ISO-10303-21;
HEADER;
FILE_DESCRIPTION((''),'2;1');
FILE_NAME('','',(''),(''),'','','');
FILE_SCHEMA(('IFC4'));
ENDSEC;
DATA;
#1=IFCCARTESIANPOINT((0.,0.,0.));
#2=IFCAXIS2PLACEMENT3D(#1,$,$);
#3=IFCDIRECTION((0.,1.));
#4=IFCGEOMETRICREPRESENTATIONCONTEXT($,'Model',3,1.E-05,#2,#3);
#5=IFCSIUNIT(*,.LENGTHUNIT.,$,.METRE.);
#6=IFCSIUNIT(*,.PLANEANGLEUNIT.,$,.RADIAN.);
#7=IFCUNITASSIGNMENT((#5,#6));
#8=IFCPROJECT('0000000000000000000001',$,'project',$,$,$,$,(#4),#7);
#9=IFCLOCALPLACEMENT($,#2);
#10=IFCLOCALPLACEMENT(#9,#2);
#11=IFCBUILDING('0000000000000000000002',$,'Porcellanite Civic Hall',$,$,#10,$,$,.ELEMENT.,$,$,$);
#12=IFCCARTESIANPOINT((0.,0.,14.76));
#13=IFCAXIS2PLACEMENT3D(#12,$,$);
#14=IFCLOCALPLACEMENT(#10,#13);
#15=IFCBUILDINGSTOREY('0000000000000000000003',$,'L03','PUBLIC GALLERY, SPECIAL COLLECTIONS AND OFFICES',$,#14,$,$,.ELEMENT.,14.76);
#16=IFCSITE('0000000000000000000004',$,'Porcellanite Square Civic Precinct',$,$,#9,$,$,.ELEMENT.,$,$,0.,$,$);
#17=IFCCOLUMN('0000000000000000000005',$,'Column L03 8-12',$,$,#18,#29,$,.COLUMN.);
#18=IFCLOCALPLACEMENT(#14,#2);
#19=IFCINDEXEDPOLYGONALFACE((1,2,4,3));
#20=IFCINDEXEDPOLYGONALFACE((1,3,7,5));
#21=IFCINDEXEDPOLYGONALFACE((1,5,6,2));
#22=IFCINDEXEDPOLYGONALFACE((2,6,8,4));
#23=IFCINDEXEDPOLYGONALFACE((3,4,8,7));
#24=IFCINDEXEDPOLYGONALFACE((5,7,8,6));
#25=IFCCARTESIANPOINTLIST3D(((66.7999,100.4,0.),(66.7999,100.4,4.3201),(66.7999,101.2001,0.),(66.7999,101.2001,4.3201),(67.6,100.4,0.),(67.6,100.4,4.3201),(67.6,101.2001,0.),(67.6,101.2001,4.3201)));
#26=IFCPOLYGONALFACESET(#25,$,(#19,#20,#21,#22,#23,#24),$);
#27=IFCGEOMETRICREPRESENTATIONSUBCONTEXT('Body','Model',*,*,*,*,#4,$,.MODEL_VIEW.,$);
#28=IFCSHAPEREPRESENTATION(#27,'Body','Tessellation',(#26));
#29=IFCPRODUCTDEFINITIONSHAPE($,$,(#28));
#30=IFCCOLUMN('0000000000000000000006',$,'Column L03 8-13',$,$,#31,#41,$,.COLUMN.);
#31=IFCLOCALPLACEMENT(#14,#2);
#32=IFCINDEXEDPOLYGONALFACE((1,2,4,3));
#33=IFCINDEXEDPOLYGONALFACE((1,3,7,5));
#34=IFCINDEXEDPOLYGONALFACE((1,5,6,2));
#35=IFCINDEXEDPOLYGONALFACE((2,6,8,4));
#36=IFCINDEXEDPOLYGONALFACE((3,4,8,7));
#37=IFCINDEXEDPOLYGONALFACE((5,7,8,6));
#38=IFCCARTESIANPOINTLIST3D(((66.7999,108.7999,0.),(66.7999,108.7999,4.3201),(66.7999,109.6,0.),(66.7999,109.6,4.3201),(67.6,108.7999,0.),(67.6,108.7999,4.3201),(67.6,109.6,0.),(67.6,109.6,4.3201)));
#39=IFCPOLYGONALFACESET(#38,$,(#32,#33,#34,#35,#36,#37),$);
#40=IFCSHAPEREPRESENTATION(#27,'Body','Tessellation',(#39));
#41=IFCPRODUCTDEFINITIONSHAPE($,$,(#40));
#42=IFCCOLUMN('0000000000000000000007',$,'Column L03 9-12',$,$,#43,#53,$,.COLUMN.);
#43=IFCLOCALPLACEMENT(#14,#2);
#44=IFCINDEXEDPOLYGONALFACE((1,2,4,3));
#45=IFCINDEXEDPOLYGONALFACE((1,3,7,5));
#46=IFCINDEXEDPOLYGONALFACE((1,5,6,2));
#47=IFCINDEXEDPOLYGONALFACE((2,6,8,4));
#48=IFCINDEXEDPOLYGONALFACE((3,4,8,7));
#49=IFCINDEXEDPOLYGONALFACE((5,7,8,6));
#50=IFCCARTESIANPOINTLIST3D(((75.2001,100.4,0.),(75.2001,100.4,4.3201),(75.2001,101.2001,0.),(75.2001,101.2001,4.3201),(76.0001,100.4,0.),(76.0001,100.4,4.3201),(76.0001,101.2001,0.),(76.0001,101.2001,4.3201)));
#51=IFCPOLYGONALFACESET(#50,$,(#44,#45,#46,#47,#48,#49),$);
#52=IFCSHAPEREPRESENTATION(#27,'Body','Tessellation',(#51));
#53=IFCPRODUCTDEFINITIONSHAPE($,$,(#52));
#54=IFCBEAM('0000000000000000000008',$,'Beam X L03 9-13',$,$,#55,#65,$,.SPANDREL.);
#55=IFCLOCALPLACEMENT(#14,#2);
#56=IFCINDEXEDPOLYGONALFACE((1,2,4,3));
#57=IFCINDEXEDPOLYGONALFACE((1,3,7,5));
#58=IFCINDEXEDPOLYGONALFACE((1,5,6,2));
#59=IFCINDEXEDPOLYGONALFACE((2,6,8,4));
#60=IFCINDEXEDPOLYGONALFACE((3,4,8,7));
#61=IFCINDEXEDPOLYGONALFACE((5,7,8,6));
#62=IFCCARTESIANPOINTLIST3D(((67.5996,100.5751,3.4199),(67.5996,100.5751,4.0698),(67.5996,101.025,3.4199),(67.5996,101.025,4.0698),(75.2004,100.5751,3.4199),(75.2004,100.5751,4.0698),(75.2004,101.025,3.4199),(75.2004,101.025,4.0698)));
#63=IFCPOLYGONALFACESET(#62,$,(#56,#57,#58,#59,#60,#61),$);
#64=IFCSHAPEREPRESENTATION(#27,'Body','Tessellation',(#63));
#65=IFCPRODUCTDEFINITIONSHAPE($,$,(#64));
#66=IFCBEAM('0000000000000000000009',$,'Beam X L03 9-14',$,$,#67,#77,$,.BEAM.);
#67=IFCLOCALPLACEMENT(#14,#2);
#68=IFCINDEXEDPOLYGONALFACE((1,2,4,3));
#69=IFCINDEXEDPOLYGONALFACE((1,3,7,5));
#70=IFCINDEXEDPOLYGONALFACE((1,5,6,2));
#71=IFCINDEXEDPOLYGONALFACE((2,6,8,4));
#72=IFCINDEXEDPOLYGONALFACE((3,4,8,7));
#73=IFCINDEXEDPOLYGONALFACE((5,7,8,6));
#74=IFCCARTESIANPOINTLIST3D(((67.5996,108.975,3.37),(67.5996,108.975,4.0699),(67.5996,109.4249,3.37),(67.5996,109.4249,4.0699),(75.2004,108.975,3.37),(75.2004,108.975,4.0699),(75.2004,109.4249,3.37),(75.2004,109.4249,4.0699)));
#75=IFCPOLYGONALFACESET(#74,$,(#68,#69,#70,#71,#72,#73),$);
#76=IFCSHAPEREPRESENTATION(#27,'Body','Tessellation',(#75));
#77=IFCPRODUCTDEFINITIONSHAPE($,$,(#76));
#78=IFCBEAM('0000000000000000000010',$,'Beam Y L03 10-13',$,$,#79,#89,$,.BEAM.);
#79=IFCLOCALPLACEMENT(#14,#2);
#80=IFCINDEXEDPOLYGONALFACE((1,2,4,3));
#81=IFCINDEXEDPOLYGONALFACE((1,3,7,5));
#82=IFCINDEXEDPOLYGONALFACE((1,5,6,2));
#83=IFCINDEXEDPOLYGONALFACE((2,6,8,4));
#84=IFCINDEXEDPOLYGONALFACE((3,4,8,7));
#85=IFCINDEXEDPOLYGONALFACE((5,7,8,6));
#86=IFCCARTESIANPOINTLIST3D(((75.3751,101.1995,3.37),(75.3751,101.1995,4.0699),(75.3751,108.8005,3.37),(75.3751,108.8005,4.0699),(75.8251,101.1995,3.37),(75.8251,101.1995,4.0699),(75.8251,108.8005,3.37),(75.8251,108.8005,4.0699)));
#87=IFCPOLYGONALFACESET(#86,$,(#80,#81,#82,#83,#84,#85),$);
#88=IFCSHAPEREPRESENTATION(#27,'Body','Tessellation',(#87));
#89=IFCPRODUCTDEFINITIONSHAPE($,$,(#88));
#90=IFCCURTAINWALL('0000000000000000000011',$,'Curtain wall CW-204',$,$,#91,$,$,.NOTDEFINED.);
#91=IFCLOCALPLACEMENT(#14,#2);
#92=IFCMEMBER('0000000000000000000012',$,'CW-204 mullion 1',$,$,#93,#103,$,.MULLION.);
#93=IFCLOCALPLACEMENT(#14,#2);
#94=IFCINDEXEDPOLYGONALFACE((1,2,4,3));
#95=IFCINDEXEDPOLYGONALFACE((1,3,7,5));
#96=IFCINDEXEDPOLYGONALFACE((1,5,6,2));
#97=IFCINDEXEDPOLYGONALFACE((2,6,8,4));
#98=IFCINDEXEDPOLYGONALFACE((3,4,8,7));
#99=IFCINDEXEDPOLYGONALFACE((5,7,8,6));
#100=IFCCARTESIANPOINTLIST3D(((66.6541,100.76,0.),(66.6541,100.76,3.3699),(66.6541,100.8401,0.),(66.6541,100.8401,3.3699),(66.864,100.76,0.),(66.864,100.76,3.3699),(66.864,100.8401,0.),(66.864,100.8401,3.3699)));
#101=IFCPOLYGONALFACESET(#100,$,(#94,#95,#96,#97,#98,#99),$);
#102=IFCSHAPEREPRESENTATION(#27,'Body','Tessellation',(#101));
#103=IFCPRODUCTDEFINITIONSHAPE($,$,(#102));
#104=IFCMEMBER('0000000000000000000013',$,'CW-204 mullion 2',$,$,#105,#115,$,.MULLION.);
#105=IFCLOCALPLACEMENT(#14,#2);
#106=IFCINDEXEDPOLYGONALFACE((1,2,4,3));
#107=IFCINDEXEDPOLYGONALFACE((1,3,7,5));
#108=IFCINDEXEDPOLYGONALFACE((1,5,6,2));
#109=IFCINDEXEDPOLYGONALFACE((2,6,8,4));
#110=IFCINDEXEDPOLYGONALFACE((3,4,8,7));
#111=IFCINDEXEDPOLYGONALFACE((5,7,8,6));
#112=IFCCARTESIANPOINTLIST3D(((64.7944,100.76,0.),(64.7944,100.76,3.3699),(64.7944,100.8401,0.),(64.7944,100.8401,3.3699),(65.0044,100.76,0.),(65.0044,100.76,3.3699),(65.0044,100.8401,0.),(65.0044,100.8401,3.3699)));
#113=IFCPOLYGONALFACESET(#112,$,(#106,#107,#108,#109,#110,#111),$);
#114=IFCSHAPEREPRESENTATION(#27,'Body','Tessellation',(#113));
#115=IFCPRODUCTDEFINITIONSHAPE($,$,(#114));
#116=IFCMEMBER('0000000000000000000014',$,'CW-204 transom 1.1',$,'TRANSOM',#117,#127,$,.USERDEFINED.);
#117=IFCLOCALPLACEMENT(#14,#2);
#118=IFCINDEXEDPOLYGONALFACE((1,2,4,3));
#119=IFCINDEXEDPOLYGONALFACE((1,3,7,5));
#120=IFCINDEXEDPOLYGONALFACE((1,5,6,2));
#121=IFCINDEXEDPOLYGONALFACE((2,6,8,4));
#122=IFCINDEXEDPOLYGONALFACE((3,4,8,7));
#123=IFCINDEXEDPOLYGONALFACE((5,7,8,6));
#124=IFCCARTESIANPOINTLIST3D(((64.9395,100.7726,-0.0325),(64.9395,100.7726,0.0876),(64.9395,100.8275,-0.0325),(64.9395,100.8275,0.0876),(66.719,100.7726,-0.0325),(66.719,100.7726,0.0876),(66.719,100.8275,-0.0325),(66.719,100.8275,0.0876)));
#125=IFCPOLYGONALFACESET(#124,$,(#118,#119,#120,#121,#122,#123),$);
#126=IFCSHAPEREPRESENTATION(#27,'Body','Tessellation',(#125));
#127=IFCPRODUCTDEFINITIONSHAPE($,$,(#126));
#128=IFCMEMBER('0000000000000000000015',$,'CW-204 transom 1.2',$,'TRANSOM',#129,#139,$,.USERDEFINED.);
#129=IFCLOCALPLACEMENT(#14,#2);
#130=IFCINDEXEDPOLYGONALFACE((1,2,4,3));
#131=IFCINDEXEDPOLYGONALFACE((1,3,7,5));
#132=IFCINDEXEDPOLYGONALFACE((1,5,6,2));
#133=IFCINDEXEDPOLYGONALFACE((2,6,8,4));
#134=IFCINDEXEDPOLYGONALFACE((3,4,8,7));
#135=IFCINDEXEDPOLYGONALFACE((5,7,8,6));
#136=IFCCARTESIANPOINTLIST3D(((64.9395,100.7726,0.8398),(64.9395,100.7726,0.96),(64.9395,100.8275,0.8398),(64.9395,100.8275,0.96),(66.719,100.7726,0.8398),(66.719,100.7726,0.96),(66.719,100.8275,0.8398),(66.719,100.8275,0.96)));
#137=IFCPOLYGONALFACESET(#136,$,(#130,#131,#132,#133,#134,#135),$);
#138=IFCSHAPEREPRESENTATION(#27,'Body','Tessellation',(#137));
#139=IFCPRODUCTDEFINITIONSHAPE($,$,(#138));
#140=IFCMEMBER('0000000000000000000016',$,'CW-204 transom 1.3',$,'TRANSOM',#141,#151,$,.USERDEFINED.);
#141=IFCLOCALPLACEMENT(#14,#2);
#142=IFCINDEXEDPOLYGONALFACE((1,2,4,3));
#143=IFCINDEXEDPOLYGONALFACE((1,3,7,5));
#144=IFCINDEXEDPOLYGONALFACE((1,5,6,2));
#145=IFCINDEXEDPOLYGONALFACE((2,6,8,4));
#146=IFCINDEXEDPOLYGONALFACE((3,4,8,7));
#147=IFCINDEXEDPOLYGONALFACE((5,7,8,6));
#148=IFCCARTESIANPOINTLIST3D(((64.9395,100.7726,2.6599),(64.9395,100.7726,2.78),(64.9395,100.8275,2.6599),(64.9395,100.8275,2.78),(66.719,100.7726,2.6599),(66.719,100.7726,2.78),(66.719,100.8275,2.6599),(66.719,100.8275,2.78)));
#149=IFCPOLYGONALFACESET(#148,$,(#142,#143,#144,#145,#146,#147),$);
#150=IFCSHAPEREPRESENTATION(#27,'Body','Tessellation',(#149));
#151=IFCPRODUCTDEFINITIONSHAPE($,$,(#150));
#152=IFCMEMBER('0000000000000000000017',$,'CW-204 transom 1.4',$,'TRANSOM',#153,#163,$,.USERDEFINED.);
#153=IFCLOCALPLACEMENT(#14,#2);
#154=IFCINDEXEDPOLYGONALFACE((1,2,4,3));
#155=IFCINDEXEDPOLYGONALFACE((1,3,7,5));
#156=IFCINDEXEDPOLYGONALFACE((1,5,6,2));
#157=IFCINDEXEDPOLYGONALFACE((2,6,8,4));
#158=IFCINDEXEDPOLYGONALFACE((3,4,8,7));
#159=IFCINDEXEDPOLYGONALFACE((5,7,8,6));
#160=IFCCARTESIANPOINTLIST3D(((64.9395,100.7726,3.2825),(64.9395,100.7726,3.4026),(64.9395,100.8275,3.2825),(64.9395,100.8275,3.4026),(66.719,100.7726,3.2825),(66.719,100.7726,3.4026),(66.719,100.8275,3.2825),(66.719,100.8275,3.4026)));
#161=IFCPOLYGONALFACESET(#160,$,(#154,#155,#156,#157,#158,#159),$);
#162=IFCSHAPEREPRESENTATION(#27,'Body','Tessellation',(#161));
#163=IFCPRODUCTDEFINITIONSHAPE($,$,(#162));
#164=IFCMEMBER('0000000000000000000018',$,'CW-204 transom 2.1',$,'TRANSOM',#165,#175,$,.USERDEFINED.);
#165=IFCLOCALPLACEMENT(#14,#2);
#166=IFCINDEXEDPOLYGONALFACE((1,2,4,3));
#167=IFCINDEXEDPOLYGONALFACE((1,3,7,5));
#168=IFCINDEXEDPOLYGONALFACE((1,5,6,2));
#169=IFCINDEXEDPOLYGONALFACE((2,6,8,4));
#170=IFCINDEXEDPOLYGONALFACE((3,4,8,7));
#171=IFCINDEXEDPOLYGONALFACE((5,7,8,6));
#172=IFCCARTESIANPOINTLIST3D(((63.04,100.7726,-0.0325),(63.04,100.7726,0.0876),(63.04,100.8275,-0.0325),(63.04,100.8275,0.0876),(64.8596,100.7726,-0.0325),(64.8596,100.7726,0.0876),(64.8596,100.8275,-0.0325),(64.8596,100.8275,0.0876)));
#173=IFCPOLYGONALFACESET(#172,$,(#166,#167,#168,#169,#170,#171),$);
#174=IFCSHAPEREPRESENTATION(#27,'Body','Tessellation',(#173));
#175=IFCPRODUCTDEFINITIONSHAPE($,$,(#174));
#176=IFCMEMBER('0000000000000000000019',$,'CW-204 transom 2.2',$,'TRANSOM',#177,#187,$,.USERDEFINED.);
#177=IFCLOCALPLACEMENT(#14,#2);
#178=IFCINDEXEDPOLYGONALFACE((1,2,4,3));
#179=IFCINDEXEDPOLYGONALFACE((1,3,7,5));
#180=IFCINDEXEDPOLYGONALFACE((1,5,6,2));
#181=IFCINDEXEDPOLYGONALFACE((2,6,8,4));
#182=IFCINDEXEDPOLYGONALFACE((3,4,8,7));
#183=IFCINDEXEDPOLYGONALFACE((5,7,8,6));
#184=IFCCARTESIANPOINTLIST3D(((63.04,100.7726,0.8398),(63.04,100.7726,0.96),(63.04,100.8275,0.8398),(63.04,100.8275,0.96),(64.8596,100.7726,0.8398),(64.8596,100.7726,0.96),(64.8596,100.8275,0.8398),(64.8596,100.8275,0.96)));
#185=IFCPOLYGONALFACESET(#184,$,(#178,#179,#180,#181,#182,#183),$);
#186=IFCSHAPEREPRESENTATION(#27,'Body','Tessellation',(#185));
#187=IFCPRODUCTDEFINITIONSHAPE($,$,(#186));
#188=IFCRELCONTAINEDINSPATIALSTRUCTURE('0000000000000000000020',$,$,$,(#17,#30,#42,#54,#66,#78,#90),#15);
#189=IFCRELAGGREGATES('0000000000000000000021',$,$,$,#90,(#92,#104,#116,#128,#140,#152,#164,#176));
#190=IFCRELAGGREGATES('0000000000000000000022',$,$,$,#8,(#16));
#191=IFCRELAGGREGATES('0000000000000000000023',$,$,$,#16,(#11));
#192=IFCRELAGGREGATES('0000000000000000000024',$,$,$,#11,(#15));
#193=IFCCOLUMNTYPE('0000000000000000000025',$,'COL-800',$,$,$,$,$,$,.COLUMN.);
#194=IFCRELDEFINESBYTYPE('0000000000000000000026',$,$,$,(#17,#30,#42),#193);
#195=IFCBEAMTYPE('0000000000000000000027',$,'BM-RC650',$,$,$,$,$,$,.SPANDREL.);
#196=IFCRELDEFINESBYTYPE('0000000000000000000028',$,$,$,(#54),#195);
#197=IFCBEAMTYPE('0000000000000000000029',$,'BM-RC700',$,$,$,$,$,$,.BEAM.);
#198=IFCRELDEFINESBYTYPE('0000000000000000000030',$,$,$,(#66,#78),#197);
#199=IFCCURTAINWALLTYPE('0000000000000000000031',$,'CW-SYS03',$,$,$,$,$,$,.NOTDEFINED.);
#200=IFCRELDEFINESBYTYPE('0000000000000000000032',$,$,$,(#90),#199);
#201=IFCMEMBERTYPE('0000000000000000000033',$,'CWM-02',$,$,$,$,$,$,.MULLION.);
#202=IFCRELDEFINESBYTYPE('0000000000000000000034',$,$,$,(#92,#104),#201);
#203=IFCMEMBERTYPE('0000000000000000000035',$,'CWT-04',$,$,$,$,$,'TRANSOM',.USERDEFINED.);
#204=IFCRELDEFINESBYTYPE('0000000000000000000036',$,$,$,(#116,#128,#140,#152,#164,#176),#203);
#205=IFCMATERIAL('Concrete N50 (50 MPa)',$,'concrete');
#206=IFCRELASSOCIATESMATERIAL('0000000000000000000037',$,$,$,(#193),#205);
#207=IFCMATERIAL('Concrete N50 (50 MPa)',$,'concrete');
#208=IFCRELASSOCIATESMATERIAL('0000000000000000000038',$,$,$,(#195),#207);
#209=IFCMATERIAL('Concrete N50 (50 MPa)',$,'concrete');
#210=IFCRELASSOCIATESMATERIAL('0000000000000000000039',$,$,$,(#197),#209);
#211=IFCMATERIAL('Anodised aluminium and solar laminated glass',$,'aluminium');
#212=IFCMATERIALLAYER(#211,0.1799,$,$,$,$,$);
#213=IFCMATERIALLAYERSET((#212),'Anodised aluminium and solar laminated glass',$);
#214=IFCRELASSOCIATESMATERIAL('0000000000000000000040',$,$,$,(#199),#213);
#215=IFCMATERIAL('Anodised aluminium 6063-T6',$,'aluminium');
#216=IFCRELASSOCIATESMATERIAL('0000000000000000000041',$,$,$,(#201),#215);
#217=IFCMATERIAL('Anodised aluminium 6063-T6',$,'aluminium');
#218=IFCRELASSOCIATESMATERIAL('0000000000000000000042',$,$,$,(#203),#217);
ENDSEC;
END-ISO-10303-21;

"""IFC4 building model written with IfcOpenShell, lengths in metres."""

from ifc_helpers import new_model, si_unit, direction, frame, origin, origin_2d, place, context, subcontext, project, spatial, rectangle, extrude, material, layer, layer_set, material_profile, profile_set, type_object, element, aggregate, save


model = new_model("IFC4")

# Units and contexts
model_context = context("Model", 3, precision=1e-05, world=origin(), true_north=direction((0.0, 1.0)))
body_context = subcontext(model_context, "Body", "Model", "MODEL_VIEW")
ifc_project = project(units=[si_unit("LENGTHUNIT", "METRE"), si_unit("PLANEANGLEUNIT", "RADIAN")], contexts=[model_context])

# Site, building, storey
site_placement = place(None, origin())
site = spatial("IfcSite", under=ifc_project, at=site_placement, Name="Porcellanite Square Civic Precinct", CompositionType="ELEMENT", RefElevation=0.0)
building_placement = place(site_placement, origin())
building = spatial("IfcBuilding", under=site, at=building_placement, Name="Porcellanite Civic Hall", CompositionType="ELEMENT")
storey_placement = place(building_placement, frame((0.0, 0.0, 14.76)))
storey = spatial("IfcBuildingStorey", under=building, at=storey_placement, Name="L03", Description="PUBLIC GALLERY, SPECIAL COLLECTIONS AND OFFICES", CompositionType="ELEMENT", Elevation=14.76)

# Columns
ifc_material_1 = material(Name="Concrete N50 (50 MPa)", Category="concrete")
ifc_material_profile_1 = material_profile(ifc_material_1, rectangle(XDim=0.8, YDim=0.8, at=origin_2d()), Name="RC-800x800")
ifc_profile_set_1 = profile_set([ifc_material_profile_1], Name="Concrete N50 (50 MPa)")
column_type = type_object("IfcColumnType", Name="COL-800", PredefinedType="COLUMN", material=ifc_profile_set_1)
for number, where, z_axis, x_axis, name in (
    (1, (67.2, 100.8, 0.0), (0.0, 0.0, 1.0), (1.0, 0.0, 0.0), "Column L03 8-12"),
    (2, (67.2, 109.2, 0.0), (0.0, 0.0, 1.0), (1.0, 0.0, 0.0), "Column L03 8-13"),
    (3, (75.6001, 100.8, 0.0), (0.0, 0.0, 1.0), (1.0, 0.0, 0.0), "Column L03 9-12"),
):
    element("IfcColumn", number, at=place(storey_placement, frame(where, z_axis=z_axis, x_axis=x_axis)), inside=storey, type_object=column_type, Name=name, PredefinedType="COLUMN", context=body_context, shape_type="SweptSolid", body=[
        extrude(rectangle(XDim=0.8, YDim=0.8, at=origin_2d()), origin(), (0.0, 0.0, 1.0), 4.3201),
    ])

# Beams
ifc_material_2 = material(Name="Concrete N50 (50 MPa)", Category="concrete")
ifc_material_profile_2 = material_profile(ifc_material_2, rectangle(XDim=0.45, YDim=0.6499, at=origin_2d()), Name="RC-450x650")
ifc_profile_set_2 = profile_set([ifc_material_profile_2], Name="Concrete N50 (50 MPa)")
beam_type_1 = type_object("IfcBeamType", Name="BM-RC650", PredefinedType="SPANDREL", material=ifc_profile_set_2)
beam_1_placement = place(storey_placement, frame((67.5996, 100.8, 3.7449), z_axis=(1.0, 0.0, 0.0), x_axis=(0.0, 1.0, 0.0)))
element("IfcBeam", 4, at=beam_1_placement, inside=storey, type_object=beam_type_1, Name="Beam X L03 9-13", PredefinedType="SPANDREL", context=body_context, shape_type="SweptSolid", body=[
    extrude(rectangle(XDim=0.45, YDim=0.6499, at=origin_2d()), origin(), (0.0, 0.0, 1.0), 7.6008),
])
ifc_material_3 = material(Name="Concrete N50 (50 MPa)", Category="concrete")
ifc_material_profile_3 = material_profile(ifc_material_3, rectangle(XDim=0.45, YDim=0.7, at=origin_2d()), Name="RC-450x700")
ifc_profile_set_3 = profile_set([ifc_material_profile_3], Name="Concrete N50 (50 MPa)")
beam_type_2 = type_object("IfcBeamType", Name="BM-RC700", PredefinedType="BEAM", material=ifc_profile_set_3)
beam_2_placement = place(storey_placement, frame((67.5996, 109.2, 3.72), z_axis=(1.0, 0.0, 0.0), x_axis=(0.0, 1.0, 0.0)))
element("IfcBeam", 5, at=beam_2_placement, inside=storey, type_object=beam_type_2, Name="Beam X L03 9-14", PredefinedType="BEAM", context=body_context, shape_type="SweptSolid", body=[
    extrude(rectangle(XDim=0.45, YDim=0.7, at=origin_2d()), origin(), (0.0, 0.0, 1.0), 7.6008),
])
beam_3_placement = place(storey_placement, frame((75.6001, 101.1995, 3.72), z_axis=(0.0, 1.0, 0.0), x_axis=(-1.0, 0.0, 0.0)))
element("IfcBeam", 6, at=beam_3_placement, inside=storey, type_object=beam_type_2, Name="Beam Y L03 10-13", PredefinedType="BEAM", context=body_context, shape_type="SweptSolid", body=[
    extrude(rectangle(XDim=0.45, YDim=0.7, at=origin_2d()), origin(), (0.0, 0.0, 1.0), 7.6011),
])

# Curtain wall, members
ifc_material_4 = material(Name="Anodised aluminium and solar laminated glass", Category="aluminium")
ifc_layer_1 = layer(ifc_material_4, 0.1799)
ifc_layer_set_1 = layer_set([ifc_layer_1], Name="Anodised aluminium and solar laminated glass")
curtain_wall_type = type_object("IfcCurtainWallType", Name="CW-SYS03", PredefinedType="NOTDEFINED", material=ifc_layer_set_1)
curtain_wall_placement = place(storey_placement, origin())
curtain_wall = element("IfcCurtainWall", 7, at=curtain_wall_placement, inside=storey, type_object=curtain_wall_type, Name="Curtain wall CW-204", PredefinedType="NOTDEFINED")
ifc_material_5 = material(Name="Anodised aluminium 6063-T6", Category="aluminium")
ifc_material_profile_4 = material_profile(ifc_material_5, rectangle(XDim=0.0801, YDim=0.21, at=origin_2d()), Name="AL-80x210")
ifc_profile_set_4 = profile_set([ifc_material_profile_4], Name="Anodised aluminium 6063-T6")
member_type_1 = type_object("IfcMemberType", Name="CWM-02", PredefinedType="MULLION", material=ifc_profile_set_4)
member_1_placement = place(storey_placement, frame((66.759, 100.8, 0.0), z_axis=(0.0, 0.0, 1.0), x_axis=(0.0, -1.0, 0.0)))
member_1 = element("IfcMember", 8, at=member_1_placement, type_object=member_type_1, Name="CW-204 mullion 1", PredefinedType="MULLION", context=body_context, shape_type="SweptSolid", body=[
    extrude(rectangle(XDim=0.0801, YDim=0.21, at=origin_2d()), origin(), (0.0, 0.0, 1.0), 3.3699),
])
member_2_placement = place(storey_placement, frame((64.8994, 100.8, 0.0), z_axis=(0.0, 0.0, 1.0), x_axis=(0.0, -1.0, 0.0)))
member_2 = element("IfcMember", 9, at=member_2_placement, type_object=member_type_1, Name="CW-204 mullion 2", PredefinedType="MULLION", context=body_context, shape_type="SweptSolid", body=[
    extrude(rectangle(XDim=0.0801, YDim=0.21, at=origin_2d()), origin(), (0.0, 0.0, 1.0), 3.3699),
])
ifc_material_6 = material(Name="Anodised aluminium 6063-T6", Category="aluminium")
ifc_material_profile_5 = material_profile(ifc_material_6, rectangle(XDim=0.0549, YDim=0.1201, at=origin_2d()), Name="AL-55x120")
ifc_profile_set_5 = profile_set([ifc_material_profile_5], Name="Anodised aluminium 6063-T6")
member_type_2 = type_object("IfcMemberType", Name="CWT-04", ElementType="TRANSOM", PredefinedType="USERDEFINED", material=ifc_profile_set_5)
member_3_placement = place(storey_placement, frame((66.719, 100.8, 0.0276), z_axis=(-1.0, 0.0, 0.0), x_axis=(0.0, -1.0, 0.0)))
member_3 = element("IfcMember", 10, at=member_3_placement, type_object=member_type_2, Name="CW-204 transom 1.1", ObjectType="TRANSOM", PredefinedType="USERDEFINED", context=body_context, shape_type="SweptSolid", body=[
    extrude(rectangle(XDim=0.0549, YDim=0.1201, at=origin_2d()), origin(), (0.0, 0.0, 1.0), 1.7795),
])
member_4_placement = place(storey_placement, frame((66.719, 100.8, 0.8999), z_axis=(-1.0, 0.0, 0.0), x_axis=(0.0, -1.0, 0.0)))
member_4 = element("IfcMember", 11, at=member_4_placement, type_object=member_type_2, Name="CW-204 transom 1.2", ObjectType="TRANSOM", PredefinedType="USERDEFINED", context=body_context, shape_type="SweptSolid", body=[
    extrude(rectangle(XDim=0.0549, YDim=0.1201, at=origin_2d()), origin(), (0.0, 0.0, 1.0), 1.7795),
])
member_5_placement = place(storey_placement, frame((66.719, 100.8, 2.72), z_axis=(-1.0, 0.0, 0.0), x_axis=(0.0, -1.0, 0.0)))
member_5 = element("IfcMember", 12, at=member_5_placement, type_object=member_type_2, Name="CW-204 transom 1.3", ObjectType="TRANSOM", PredefinedType="USERDEFINED", context=body_context, shape_type="SweptSolid", body=[
    extrude(rectangle(XDim=0.0549, YDim=0.1201, at=origin_2d()), origin(), (0.0, 0.0, 1.0), 1.7795),
])
member_6_placement = place(storey_placement, frame((66.719, 100.8, 3.3425), z_axis=(-1.0, 0.0, 0.0), x_axis=(0.0, -1.0, 0.0)))
member_6 = element("IfcMember", 13, at=member_6_placement, type_object=member_type_2, Name="CW-204 transom 1.4", ObjectType="TRANSOM", PredefinedType="USERDEFINED", context=body_context, shape_type="SweptSolid", body=[
    extrude(rectangle(XDim=0.0549, YDim=0.1201, at=origin_2d()), origin(), (0.0, 0.0, 1.0), 1.7795),
])
member_7_placement = place(storey_placement, frame((64.8596, 100.8, 0.0276), z_axis=(-1.0, 0.0, 0.0), x_axis=(0.0, -1.0, 0.0)))
member_7 = element("IfcMember", 14, at=member_7_placement, type_object=member_type_2, Name="CW-204 transom 2.1", ObjectType="TRANSOM", PredefinedType="USERDEFINED", context=body_context, shape_type="SweptSolid", body=[
    extrude(rectangle(XDim=0.0549, YDim=0.1201, at=origin_2d()), origin(), (0.0, 0.0, 1.0), 1.8196),
])
member_8_placement = place(storey_placement, frame((64.8596, 100.8, 0.8999), z_axis=(-1.0, 0.0, 0.0), x_axis=(0.0, -1.0, 0.0)))
member_8 = element("IfcMember", 15, at=member_8_placement, type_object=member_type_2, Name="CW-204 transom 2.2", ObjectType="TRANSOM", PredefinedType="USERDEFINED", context=body_context, shape_type="SweptSolid", body=[
    extrude(rectangle(XDim=0.0549, YDim=0.1201, at=origin_2d()), origin(), (0.0, 0.0, 1.0), 1.8196),
])

aggregate(curtain_wall, [member_1, member_2, member_3, member_4, member_5, member_6, member_7, member_8])

save(model, "model.ifc")
